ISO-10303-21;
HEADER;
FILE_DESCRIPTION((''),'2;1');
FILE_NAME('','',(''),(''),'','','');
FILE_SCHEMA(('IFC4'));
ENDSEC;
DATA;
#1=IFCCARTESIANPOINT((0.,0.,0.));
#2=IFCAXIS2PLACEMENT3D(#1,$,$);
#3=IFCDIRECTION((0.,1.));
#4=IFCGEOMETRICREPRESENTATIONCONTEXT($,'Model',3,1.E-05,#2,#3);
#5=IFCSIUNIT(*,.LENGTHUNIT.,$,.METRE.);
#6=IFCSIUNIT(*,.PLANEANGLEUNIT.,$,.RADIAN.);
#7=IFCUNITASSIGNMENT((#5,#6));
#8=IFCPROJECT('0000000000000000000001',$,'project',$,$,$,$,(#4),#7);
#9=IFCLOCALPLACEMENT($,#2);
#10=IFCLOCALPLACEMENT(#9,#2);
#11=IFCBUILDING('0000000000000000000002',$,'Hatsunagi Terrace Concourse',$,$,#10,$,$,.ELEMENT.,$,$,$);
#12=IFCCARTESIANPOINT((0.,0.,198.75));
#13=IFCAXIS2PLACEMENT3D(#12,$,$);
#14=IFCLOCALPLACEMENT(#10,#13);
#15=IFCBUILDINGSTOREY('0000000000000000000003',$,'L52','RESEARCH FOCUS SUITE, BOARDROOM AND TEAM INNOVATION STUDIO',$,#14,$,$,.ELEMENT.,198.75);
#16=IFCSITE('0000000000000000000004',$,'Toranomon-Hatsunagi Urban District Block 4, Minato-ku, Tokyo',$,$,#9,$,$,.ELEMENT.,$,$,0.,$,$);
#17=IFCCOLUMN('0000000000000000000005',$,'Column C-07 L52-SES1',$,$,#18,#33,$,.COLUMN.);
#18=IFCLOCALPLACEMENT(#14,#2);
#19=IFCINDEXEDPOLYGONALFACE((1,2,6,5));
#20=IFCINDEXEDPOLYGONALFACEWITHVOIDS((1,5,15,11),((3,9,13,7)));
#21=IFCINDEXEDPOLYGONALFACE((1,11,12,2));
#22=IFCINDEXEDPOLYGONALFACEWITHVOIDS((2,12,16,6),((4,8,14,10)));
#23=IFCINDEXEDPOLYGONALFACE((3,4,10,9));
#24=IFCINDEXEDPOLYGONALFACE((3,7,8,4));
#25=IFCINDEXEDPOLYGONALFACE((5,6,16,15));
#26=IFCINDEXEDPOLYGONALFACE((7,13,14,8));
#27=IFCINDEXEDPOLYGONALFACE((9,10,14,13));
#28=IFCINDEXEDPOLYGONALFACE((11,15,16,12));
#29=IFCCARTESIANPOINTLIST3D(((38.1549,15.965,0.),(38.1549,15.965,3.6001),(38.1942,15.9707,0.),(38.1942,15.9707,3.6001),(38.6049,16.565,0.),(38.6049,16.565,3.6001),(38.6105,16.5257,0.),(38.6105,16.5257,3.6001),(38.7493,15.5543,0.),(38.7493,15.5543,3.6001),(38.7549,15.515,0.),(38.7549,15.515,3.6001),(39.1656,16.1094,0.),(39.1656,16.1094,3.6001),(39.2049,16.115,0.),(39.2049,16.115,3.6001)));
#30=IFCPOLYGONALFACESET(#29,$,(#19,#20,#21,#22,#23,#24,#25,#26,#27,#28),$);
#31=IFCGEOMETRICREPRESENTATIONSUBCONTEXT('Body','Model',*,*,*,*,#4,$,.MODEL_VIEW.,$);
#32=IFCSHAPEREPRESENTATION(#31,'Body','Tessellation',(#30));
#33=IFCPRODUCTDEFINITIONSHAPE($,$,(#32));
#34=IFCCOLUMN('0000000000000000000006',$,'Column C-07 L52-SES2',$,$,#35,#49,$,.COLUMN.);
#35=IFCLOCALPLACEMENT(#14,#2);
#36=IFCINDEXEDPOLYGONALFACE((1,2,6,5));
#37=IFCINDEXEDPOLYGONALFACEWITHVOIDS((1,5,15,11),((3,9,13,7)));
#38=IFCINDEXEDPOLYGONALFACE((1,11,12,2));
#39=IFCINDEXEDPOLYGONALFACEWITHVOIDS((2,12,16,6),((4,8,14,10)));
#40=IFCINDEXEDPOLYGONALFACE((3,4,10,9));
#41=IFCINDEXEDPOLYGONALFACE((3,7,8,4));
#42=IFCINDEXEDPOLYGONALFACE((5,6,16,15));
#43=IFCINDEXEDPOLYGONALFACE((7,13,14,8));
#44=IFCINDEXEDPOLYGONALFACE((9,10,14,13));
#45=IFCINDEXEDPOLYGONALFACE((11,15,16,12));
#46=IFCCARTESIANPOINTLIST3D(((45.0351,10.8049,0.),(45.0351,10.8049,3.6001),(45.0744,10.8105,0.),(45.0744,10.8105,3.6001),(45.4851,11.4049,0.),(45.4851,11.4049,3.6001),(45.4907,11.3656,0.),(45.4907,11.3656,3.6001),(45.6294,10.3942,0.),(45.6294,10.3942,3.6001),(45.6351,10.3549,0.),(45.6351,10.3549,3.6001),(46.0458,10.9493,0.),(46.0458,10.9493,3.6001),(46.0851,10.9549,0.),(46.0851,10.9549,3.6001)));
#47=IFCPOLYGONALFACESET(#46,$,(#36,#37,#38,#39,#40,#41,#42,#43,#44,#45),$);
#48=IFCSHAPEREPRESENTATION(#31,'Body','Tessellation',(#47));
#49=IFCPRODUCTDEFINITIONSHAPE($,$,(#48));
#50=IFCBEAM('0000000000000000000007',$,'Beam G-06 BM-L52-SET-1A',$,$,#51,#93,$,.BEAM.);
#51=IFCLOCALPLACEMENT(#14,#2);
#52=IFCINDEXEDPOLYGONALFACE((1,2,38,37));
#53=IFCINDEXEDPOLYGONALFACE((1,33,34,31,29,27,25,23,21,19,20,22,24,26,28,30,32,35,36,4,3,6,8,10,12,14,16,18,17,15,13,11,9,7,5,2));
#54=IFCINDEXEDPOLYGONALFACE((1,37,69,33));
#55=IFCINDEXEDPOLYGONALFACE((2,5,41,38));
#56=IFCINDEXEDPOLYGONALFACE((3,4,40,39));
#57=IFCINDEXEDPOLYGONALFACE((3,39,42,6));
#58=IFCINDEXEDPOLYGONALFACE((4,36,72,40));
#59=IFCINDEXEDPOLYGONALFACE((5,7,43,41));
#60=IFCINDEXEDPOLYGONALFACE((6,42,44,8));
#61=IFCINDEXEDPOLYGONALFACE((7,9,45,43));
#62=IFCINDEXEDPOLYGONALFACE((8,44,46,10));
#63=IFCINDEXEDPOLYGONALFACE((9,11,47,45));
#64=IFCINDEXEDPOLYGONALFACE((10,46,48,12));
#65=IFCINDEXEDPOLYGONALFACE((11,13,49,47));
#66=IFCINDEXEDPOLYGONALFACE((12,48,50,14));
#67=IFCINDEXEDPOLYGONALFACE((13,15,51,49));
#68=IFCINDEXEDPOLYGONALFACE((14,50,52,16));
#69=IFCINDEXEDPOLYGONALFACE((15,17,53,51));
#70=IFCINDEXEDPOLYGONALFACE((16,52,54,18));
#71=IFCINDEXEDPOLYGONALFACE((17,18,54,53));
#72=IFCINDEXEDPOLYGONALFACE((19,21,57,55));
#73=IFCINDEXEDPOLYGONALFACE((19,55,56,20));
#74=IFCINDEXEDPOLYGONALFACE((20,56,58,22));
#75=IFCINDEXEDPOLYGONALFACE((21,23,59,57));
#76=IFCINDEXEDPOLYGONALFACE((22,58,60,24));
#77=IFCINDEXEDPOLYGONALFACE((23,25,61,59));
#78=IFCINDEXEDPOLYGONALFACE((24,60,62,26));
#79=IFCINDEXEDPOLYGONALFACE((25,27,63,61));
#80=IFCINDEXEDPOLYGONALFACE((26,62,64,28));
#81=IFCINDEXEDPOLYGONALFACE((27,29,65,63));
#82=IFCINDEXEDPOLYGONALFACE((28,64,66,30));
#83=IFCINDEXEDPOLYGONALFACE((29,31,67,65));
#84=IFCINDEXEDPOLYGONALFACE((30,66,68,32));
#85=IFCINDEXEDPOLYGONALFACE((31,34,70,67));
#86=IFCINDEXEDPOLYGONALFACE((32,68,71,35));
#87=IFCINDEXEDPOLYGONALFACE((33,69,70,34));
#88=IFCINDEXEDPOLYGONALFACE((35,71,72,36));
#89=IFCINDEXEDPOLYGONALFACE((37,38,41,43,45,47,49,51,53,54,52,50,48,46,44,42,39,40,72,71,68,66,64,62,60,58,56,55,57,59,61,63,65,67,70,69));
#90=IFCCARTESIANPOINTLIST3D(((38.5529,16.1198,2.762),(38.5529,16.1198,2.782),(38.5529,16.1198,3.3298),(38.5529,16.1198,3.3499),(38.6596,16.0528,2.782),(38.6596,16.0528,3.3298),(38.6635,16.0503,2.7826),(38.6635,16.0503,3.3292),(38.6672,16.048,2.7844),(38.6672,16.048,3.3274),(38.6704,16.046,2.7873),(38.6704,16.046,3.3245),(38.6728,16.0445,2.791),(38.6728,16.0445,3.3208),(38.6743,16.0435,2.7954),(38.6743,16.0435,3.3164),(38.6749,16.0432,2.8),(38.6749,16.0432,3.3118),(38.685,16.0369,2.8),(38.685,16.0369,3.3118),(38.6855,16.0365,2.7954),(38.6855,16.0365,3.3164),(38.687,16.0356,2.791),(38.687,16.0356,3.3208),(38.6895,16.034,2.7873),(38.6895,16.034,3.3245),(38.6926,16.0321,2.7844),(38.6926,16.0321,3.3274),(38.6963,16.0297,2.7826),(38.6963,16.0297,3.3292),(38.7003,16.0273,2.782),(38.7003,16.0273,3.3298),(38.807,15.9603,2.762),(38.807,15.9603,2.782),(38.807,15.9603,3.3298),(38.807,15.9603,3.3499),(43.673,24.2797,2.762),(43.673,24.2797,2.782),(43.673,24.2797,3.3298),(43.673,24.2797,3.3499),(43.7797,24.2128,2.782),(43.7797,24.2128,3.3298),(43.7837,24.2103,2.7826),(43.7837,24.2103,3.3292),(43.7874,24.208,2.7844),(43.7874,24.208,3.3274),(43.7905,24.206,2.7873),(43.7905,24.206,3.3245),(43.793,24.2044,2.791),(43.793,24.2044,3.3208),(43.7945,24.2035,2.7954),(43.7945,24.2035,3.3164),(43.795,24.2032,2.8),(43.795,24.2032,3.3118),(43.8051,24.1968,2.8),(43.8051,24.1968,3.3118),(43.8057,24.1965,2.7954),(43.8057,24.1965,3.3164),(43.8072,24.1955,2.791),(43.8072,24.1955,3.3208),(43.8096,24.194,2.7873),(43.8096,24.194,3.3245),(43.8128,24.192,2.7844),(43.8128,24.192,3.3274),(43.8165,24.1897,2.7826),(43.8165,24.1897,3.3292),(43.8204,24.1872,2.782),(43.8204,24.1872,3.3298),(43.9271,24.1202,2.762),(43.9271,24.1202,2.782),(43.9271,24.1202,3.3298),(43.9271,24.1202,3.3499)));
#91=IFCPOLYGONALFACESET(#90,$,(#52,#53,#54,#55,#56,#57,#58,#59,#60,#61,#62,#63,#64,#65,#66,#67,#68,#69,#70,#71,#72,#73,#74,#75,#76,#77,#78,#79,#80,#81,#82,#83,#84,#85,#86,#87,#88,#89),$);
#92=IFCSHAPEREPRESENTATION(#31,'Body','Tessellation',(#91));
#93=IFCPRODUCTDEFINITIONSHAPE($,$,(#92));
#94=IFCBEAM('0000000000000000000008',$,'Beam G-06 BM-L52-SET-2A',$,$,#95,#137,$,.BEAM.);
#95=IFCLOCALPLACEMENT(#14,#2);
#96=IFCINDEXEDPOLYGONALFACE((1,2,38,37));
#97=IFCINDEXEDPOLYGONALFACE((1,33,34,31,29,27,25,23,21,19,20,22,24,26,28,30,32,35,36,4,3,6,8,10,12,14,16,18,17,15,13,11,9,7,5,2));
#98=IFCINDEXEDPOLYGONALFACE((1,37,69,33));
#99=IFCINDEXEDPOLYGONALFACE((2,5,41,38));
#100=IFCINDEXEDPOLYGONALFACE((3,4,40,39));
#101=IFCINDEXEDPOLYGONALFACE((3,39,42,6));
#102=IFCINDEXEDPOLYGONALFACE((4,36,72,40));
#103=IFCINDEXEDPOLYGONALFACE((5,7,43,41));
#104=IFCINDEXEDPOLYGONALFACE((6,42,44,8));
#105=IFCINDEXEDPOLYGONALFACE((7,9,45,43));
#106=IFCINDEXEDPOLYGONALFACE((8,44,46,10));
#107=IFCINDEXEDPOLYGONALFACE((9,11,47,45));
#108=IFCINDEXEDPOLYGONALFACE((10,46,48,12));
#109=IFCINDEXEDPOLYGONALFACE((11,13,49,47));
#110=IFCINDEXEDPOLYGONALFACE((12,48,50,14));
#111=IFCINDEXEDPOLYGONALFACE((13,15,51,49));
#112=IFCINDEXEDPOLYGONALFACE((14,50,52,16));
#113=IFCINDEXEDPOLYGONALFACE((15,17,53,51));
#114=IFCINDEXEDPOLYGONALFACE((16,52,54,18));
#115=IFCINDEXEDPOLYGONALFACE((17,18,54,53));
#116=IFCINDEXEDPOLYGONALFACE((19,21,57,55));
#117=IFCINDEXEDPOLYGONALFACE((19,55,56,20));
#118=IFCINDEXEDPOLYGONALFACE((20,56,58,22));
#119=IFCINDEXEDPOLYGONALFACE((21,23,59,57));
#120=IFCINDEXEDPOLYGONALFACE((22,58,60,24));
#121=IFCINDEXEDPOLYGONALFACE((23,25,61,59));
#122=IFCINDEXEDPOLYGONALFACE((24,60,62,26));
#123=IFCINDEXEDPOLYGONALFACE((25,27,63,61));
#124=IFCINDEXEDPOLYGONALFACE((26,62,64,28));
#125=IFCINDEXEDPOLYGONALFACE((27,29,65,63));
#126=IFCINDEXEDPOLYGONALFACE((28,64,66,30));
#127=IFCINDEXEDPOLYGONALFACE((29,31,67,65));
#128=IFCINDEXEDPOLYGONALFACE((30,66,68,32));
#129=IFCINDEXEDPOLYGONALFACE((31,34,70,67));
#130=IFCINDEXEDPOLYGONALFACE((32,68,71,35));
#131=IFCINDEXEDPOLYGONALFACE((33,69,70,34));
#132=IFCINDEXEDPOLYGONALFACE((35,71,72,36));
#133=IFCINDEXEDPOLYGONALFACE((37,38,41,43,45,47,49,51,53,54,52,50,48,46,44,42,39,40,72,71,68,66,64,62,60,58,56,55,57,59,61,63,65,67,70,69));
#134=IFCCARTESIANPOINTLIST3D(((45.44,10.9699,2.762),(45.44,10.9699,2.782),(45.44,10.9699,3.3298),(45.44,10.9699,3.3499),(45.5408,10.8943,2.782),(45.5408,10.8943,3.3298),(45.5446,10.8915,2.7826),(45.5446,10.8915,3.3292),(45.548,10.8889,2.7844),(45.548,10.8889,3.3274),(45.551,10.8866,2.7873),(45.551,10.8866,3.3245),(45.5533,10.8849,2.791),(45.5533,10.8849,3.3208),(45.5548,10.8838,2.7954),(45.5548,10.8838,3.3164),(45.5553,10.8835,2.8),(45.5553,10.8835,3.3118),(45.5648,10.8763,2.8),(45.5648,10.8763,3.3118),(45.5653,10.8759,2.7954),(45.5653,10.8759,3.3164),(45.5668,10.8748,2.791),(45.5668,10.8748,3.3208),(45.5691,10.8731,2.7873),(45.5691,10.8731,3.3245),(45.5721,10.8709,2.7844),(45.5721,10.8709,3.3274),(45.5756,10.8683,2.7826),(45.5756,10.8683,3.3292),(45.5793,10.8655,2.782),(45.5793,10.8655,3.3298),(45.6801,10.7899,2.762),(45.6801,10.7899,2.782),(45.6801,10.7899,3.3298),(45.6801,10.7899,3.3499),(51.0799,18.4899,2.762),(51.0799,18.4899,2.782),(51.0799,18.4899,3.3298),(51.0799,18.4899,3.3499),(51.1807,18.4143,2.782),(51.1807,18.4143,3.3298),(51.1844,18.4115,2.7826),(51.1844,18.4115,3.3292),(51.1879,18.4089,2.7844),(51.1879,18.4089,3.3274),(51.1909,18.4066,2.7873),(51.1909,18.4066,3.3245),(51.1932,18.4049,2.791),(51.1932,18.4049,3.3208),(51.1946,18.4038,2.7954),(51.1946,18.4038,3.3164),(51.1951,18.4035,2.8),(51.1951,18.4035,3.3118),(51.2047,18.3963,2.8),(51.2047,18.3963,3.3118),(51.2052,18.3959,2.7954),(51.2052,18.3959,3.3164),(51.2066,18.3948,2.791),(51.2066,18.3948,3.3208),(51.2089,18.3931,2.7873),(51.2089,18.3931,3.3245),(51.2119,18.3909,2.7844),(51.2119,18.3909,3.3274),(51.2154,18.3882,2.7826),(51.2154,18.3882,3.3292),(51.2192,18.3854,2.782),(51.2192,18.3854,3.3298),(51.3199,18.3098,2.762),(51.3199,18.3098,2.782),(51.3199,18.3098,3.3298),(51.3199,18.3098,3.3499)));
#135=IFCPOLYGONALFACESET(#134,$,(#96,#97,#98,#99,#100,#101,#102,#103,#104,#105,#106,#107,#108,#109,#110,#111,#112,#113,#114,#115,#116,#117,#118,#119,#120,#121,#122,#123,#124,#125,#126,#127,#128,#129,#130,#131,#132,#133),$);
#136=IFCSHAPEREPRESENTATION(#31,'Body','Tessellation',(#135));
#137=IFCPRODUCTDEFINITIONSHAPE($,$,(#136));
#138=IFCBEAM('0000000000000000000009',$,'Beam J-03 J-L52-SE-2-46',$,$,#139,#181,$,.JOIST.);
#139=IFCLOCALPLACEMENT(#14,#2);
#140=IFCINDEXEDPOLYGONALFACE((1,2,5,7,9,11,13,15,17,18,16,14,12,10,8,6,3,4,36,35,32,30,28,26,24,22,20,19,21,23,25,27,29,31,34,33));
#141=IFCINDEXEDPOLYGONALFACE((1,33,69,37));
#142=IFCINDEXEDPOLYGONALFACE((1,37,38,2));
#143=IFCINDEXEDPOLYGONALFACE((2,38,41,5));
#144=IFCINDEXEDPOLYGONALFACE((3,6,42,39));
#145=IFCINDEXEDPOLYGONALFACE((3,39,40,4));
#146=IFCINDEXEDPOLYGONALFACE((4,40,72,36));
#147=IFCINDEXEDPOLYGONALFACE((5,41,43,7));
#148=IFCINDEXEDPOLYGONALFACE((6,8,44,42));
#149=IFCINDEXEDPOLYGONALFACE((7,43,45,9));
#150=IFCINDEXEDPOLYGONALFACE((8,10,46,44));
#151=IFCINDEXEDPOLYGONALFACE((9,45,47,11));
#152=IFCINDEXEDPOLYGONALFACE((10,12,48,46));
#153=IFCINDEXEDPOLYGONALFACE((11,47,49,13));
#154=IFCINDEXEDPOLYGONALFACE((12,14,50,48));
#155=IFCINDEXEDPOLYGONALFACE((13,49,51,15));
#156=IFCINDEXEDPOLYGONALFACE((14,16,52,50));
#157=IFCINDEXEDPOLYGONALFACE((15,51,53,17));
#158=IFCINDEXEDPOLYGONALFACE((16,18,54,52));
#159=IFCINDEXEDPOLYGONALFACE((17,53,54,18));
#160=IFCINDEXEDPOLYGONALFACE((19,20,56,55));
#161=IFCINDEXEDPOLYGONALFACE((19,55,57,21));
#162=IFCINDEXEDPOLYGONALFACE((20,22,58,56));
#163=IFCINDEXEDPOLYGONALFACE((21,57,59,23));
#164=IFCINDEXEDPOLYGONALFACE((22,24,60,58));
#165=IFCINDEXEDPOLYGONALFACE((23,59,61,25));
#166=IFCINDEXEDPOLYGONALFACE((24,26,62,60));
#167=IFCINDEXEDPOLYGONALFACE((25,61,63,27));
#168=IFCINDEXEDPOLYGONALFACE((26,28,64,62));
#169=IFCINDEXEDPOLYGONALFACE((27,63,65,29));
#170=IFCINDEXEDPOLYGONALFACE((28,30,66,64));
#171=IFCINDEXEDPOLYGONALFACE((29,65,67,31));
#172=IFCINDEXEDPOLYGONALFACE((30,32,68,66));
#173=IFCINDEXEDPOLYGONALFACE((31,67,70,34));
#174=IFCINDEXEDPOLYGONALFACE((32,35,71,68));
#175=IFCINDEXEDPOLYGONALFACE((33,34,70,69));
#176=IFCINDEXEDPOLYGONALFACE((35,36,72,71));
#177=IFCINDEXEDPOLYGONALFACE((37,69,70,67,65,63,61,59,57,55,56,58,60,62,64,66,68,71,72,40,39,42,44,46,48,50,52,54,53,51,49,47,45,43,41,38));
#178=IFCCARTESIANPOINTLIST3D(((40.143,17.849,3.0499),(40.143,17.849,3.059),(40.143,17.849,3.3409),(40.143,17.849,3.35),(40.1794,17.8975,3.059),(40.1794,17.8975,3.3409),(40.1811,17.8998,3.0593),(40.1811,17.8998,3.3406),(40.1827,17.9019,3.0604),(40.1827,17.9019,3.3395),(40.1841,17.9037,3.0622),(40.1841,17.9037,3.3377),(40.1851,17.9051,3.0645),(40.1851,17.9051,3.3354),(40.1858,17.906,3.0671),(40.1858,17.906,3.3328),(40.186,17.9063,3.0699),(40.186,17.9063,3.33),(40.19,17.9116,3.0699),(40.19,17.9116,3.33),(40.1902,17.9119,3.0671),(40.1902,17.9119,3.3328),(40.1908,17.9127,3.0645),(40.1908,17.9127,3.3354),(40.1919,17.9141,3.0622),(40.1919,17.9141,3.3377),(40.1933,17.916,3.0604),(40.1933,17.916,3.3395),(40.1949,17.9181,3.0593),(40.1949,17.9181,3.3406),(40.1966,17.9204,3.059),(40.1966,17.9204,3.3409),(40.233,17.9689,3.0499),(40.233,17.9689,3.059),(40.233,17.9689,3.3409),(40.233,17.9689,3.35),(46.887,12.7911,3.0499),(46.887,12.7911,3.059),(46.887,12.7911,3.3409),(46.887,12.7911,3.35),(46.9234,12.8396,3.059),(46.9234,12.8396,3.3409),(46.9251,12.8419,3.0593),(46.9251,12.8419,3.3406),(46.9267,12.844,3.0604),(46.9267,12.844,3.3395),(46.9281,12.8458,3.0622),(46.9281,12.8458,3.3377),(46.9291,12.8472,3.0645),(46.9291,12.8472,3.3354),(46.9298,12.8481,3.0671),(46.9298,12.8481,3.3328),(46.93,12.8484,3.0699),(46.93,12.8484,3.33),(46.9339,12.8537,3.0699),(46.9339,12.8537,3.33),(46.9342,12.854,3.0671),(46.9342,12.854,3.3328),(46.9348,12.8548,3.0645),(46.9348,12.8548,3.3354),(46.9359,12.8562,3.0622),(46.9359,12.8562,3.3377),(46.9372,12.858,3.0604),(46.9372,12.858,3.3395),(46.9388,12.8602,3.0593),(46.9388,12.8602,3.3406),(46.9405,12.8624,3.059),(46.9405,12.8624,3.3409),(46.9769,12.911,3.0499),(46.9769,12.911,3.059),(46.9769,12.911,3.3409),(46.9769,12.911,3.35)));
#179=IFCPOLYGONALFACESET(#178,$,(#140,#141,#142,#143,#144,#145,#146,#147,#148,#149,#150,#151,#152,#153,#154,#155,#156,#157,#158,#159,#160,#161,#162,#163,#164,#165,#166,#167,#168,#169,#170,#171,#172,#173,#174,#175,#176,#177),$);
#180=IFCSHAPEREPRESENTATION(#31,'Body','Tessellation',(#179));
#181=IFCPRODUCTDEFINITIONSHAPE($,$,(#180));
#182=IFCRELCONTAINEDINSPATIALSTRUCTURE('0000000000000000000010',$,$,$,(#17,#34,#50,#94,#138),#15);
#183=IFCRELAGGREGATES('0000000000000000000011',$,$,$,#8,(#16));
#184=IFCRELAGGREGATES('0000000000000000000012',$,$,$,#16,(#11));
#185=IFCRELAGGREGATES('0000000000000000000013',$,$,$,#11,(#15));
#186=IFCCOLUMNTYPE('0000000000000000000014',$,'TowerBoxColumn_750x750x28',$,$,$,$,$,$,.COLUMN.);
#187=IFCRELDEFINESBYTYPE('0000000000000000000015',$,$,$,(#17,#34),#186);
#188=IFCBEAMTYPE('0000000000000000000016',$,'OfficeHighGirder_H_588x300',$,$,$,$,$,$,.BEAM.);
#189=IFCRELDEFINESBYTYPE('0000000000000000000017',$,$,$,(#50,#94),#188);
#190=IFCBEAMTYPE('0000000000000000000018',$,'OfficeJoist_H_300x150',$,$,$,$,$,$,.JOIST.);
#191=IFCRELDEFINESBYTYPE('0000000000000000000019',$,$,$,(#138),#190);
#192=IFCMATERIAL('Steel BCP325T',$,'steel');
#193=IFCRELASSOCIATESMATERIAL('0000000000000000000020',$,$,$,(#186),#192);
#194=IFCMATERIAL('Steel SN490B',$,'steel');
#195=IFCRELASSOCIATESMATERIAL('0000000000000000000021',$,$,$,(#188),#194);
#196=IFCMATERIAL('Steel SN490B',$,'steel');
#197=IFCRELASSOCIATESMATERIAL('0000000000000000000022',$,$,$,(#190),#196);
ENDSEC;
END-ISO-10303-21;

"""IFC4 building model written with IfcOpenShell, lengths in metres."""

from ifc_helpers import new_model, si_unit, direction, frame, origin, origin_2d, place, context, subcontext, project, spatial, hollow_rectangle, i_section, extrude, material, material_profile, profile_set, type_object, element, save


model = new_model("IFC4")

# Units and contexts
model_context = context("Model", 3, precision=1e-05, world=origin(), true_north=direction((0.0, 1.0)))
body_context = subcontext(model_context, "Body", "Model", "MODEL_VIEW")
ifc_project = project(units=[si_unit("LENGTHUNIT", "METRE"), si_unit("PLANEANGLEUNIT", "RADIAN")], contexts=[model_context])

# Site, building, storey
site_placement = place(None, origin())
site = spatial("IfcSite", under=ifc_project, at=site_placement, Name="Toranomon-Hatsunagi Urban District Block 4, Minato-ku, Tokyo", CompositionType="ELEMENT", RefElevation=0.0)
building_placement = place(site_placement, origin())
building = spatial("IfcBuilding", under=site, at=building_placement, Name="Hatsunagi Terrace Concourse", CompositionType="ELEMENT")
storey_placement = place(building_placement, frame((0.0, 0.0, 198.75)))
storey = spatial("IfcBuildingStorey", under=building, at=storey_placement, Name="L52", Description="RESEARCH FOCUS SUITE, BOARDROOM AND TEAM INNOVATION STUDIO", CompositionType="ELEMENT", Elevation=198.75)

# Columns
ifc_material_1 = material(Name="Steel BCP325T", Category="steel")
ifc_material_profile_1 = material_profile(ifc_material_1, hollow_rectangle(XDim=0.75, YDim=0.75, WallThickness=0.0281, at=origin_2d()), Name="BCP-750x750x28")
ifc_profile_set_1 = profile_set([ifc_material_profile_1], Name="Steel BCP325T")
column_type = type_object("IfcColumnType", Name="TowerBoxColumn_750x750x28", PredefinedType="COLUMN", material=ifc_profile_set_1)
for number, where, z_axis, x_axis, name in (
    (1, (38.6799, 16.04, 0.0), (0.0, 0.0, 1.0), (0.8, -0.6, 0.0), "Column C-07 L52-SES1"),
    (2, (45.5601, 10.8799, 0.0), (0.0, 0.0, 1.0), (0.8, -0.6, 0.0), "Column C-07 L52-SES2"),
):
    element("IfcColumn", number, at=place(storey_placement, frame(where, z_axis=z_axis, x_axis=x_axis)), inside=storey, type_object=column_type, Name=name, PredefinedType="COLUMN", context=body_context, shape_type="SweptSolid", body=[
        extrude(hollow_rectangle(XDim=0.75, YDim=0.75, WallThickness=0.0281, at=origin_2d()), origin(), (0.0, 0.0, 1.0), 3.6001),
    ])

# Beams
ifc_material_2 = material(Name="Steel SN490B", Category="steel")
ifc_material_profile_2 = material_profile(ifc_material_2, i_section(OverallWidth=0.3, OverallDepth=0.5879, WebThickness=0.012, FlangeThickness=0.02, FilletRadius=0.0181, at=origin_2d()), Name="H-588x300x12x20")
ifc_profile_set_2 = profile_set([ifc_material_profile_2], Name="Steel SN490B")
beam_type_1 = type_object("IfcBeamType", Name="OfficeHighGirder_H_588x300", PredefinedType="BEAM", material=ifc_profile_set_2)
beam_1_placement = place(storey_placement, frame((38.6799, 16.04, 3.0559), z_axis=(0.531504, 0.847056, 0.0), x_axis=(-0.847056, 0.531504, 0.0)))
element("IfcBeam", 3, at=beam_1_placement, inside=storey, type_object=beam_type_1, Name="Beam G-06 BM-L52-SET-1A", PredefinedType="BEAM", context=body_context, shape_type="SweptSolid", body=[
    extrude(i_section(OverallWidth=0.3, OverallDepth=0.5879, WebThickness=0.012, FlangeThickness=0.02, FilletRadius=0.0181, at=origin_2d()), origin(), (0.0, 0.0, 1.0), 9.6333),
])
beam_2_placement = place(storey_placement, frame((45.5601, 10.8799, 3.0559), z_axis=(0.599992, 0.800006, 0.0), x_axis=(-0.800006, 0.599992, 0.0)))
element("IfcBeam", 4, at=beam_2_placement, inside=storey, type_object=beam_type_1, Name="Beam G-06 BM-L52-SET-2A", PredefinedType="BEAM", context=body_context, shape_type="SweptSolid", body=[
    extrude(i_section(OverallWidth=0.3, OverallDepth=0.5879, WebThickness=0.012, FlangeThickness=0.02, FilletRadius=0.0181, at=origin_2d()), origin(), (0.0, 0.0, 1.0), 9.3999),
])
ifc_material_3 = material(Name="Steel SN490B", Category="steel")
ifc_material_profile_3 = material_profile(ifc_material_3, i_section(OverallWidth=0.1499, OverallDepth=0.3, WebThickness=0.0066, FlangeThickness=0.009, FilletRadius=0.011, at=origin_2d()), Name="H-300x150x6.5x9")
ifc_profile_set_3 = profile_set([ifc_material_profile_3], Name="Steel SN490B")
beam_type_2 = type_object("IfcBeamType", Name="OfficeJoist_H_300x150", PredefinedType="JOIST", material=ifc_profile_set_3)
for number, where, z_axis, x_axis, name in (
    (5, (40.188, 17.9089, 3.2), (0.800003, -0.599995, 0.0), (0.599995, 0.800003, 0.0), "Beam J-03 J-L52-SE-2-46"),
):
    element("IfcBeam", number, at=place(storey_placement, frame(where, z_axis=z_axis, x_axis=x_axis)), inside=storey, type_object=beam_type_2, Name=name, PredefinedType="JOIST", context=body_context, shape_type="SweptSolid", body=[
        extrude(i_section(OverallWidth=0.1499, OverallDepth=0.3, WebThickness=0.0066, FlangeThickness=0.009, FilletRadius=0.011, at=origin_2d()), origin(), (0.0, 0.0, 1.0), 8.4299),
    ])

save(model, "model.ifc")
